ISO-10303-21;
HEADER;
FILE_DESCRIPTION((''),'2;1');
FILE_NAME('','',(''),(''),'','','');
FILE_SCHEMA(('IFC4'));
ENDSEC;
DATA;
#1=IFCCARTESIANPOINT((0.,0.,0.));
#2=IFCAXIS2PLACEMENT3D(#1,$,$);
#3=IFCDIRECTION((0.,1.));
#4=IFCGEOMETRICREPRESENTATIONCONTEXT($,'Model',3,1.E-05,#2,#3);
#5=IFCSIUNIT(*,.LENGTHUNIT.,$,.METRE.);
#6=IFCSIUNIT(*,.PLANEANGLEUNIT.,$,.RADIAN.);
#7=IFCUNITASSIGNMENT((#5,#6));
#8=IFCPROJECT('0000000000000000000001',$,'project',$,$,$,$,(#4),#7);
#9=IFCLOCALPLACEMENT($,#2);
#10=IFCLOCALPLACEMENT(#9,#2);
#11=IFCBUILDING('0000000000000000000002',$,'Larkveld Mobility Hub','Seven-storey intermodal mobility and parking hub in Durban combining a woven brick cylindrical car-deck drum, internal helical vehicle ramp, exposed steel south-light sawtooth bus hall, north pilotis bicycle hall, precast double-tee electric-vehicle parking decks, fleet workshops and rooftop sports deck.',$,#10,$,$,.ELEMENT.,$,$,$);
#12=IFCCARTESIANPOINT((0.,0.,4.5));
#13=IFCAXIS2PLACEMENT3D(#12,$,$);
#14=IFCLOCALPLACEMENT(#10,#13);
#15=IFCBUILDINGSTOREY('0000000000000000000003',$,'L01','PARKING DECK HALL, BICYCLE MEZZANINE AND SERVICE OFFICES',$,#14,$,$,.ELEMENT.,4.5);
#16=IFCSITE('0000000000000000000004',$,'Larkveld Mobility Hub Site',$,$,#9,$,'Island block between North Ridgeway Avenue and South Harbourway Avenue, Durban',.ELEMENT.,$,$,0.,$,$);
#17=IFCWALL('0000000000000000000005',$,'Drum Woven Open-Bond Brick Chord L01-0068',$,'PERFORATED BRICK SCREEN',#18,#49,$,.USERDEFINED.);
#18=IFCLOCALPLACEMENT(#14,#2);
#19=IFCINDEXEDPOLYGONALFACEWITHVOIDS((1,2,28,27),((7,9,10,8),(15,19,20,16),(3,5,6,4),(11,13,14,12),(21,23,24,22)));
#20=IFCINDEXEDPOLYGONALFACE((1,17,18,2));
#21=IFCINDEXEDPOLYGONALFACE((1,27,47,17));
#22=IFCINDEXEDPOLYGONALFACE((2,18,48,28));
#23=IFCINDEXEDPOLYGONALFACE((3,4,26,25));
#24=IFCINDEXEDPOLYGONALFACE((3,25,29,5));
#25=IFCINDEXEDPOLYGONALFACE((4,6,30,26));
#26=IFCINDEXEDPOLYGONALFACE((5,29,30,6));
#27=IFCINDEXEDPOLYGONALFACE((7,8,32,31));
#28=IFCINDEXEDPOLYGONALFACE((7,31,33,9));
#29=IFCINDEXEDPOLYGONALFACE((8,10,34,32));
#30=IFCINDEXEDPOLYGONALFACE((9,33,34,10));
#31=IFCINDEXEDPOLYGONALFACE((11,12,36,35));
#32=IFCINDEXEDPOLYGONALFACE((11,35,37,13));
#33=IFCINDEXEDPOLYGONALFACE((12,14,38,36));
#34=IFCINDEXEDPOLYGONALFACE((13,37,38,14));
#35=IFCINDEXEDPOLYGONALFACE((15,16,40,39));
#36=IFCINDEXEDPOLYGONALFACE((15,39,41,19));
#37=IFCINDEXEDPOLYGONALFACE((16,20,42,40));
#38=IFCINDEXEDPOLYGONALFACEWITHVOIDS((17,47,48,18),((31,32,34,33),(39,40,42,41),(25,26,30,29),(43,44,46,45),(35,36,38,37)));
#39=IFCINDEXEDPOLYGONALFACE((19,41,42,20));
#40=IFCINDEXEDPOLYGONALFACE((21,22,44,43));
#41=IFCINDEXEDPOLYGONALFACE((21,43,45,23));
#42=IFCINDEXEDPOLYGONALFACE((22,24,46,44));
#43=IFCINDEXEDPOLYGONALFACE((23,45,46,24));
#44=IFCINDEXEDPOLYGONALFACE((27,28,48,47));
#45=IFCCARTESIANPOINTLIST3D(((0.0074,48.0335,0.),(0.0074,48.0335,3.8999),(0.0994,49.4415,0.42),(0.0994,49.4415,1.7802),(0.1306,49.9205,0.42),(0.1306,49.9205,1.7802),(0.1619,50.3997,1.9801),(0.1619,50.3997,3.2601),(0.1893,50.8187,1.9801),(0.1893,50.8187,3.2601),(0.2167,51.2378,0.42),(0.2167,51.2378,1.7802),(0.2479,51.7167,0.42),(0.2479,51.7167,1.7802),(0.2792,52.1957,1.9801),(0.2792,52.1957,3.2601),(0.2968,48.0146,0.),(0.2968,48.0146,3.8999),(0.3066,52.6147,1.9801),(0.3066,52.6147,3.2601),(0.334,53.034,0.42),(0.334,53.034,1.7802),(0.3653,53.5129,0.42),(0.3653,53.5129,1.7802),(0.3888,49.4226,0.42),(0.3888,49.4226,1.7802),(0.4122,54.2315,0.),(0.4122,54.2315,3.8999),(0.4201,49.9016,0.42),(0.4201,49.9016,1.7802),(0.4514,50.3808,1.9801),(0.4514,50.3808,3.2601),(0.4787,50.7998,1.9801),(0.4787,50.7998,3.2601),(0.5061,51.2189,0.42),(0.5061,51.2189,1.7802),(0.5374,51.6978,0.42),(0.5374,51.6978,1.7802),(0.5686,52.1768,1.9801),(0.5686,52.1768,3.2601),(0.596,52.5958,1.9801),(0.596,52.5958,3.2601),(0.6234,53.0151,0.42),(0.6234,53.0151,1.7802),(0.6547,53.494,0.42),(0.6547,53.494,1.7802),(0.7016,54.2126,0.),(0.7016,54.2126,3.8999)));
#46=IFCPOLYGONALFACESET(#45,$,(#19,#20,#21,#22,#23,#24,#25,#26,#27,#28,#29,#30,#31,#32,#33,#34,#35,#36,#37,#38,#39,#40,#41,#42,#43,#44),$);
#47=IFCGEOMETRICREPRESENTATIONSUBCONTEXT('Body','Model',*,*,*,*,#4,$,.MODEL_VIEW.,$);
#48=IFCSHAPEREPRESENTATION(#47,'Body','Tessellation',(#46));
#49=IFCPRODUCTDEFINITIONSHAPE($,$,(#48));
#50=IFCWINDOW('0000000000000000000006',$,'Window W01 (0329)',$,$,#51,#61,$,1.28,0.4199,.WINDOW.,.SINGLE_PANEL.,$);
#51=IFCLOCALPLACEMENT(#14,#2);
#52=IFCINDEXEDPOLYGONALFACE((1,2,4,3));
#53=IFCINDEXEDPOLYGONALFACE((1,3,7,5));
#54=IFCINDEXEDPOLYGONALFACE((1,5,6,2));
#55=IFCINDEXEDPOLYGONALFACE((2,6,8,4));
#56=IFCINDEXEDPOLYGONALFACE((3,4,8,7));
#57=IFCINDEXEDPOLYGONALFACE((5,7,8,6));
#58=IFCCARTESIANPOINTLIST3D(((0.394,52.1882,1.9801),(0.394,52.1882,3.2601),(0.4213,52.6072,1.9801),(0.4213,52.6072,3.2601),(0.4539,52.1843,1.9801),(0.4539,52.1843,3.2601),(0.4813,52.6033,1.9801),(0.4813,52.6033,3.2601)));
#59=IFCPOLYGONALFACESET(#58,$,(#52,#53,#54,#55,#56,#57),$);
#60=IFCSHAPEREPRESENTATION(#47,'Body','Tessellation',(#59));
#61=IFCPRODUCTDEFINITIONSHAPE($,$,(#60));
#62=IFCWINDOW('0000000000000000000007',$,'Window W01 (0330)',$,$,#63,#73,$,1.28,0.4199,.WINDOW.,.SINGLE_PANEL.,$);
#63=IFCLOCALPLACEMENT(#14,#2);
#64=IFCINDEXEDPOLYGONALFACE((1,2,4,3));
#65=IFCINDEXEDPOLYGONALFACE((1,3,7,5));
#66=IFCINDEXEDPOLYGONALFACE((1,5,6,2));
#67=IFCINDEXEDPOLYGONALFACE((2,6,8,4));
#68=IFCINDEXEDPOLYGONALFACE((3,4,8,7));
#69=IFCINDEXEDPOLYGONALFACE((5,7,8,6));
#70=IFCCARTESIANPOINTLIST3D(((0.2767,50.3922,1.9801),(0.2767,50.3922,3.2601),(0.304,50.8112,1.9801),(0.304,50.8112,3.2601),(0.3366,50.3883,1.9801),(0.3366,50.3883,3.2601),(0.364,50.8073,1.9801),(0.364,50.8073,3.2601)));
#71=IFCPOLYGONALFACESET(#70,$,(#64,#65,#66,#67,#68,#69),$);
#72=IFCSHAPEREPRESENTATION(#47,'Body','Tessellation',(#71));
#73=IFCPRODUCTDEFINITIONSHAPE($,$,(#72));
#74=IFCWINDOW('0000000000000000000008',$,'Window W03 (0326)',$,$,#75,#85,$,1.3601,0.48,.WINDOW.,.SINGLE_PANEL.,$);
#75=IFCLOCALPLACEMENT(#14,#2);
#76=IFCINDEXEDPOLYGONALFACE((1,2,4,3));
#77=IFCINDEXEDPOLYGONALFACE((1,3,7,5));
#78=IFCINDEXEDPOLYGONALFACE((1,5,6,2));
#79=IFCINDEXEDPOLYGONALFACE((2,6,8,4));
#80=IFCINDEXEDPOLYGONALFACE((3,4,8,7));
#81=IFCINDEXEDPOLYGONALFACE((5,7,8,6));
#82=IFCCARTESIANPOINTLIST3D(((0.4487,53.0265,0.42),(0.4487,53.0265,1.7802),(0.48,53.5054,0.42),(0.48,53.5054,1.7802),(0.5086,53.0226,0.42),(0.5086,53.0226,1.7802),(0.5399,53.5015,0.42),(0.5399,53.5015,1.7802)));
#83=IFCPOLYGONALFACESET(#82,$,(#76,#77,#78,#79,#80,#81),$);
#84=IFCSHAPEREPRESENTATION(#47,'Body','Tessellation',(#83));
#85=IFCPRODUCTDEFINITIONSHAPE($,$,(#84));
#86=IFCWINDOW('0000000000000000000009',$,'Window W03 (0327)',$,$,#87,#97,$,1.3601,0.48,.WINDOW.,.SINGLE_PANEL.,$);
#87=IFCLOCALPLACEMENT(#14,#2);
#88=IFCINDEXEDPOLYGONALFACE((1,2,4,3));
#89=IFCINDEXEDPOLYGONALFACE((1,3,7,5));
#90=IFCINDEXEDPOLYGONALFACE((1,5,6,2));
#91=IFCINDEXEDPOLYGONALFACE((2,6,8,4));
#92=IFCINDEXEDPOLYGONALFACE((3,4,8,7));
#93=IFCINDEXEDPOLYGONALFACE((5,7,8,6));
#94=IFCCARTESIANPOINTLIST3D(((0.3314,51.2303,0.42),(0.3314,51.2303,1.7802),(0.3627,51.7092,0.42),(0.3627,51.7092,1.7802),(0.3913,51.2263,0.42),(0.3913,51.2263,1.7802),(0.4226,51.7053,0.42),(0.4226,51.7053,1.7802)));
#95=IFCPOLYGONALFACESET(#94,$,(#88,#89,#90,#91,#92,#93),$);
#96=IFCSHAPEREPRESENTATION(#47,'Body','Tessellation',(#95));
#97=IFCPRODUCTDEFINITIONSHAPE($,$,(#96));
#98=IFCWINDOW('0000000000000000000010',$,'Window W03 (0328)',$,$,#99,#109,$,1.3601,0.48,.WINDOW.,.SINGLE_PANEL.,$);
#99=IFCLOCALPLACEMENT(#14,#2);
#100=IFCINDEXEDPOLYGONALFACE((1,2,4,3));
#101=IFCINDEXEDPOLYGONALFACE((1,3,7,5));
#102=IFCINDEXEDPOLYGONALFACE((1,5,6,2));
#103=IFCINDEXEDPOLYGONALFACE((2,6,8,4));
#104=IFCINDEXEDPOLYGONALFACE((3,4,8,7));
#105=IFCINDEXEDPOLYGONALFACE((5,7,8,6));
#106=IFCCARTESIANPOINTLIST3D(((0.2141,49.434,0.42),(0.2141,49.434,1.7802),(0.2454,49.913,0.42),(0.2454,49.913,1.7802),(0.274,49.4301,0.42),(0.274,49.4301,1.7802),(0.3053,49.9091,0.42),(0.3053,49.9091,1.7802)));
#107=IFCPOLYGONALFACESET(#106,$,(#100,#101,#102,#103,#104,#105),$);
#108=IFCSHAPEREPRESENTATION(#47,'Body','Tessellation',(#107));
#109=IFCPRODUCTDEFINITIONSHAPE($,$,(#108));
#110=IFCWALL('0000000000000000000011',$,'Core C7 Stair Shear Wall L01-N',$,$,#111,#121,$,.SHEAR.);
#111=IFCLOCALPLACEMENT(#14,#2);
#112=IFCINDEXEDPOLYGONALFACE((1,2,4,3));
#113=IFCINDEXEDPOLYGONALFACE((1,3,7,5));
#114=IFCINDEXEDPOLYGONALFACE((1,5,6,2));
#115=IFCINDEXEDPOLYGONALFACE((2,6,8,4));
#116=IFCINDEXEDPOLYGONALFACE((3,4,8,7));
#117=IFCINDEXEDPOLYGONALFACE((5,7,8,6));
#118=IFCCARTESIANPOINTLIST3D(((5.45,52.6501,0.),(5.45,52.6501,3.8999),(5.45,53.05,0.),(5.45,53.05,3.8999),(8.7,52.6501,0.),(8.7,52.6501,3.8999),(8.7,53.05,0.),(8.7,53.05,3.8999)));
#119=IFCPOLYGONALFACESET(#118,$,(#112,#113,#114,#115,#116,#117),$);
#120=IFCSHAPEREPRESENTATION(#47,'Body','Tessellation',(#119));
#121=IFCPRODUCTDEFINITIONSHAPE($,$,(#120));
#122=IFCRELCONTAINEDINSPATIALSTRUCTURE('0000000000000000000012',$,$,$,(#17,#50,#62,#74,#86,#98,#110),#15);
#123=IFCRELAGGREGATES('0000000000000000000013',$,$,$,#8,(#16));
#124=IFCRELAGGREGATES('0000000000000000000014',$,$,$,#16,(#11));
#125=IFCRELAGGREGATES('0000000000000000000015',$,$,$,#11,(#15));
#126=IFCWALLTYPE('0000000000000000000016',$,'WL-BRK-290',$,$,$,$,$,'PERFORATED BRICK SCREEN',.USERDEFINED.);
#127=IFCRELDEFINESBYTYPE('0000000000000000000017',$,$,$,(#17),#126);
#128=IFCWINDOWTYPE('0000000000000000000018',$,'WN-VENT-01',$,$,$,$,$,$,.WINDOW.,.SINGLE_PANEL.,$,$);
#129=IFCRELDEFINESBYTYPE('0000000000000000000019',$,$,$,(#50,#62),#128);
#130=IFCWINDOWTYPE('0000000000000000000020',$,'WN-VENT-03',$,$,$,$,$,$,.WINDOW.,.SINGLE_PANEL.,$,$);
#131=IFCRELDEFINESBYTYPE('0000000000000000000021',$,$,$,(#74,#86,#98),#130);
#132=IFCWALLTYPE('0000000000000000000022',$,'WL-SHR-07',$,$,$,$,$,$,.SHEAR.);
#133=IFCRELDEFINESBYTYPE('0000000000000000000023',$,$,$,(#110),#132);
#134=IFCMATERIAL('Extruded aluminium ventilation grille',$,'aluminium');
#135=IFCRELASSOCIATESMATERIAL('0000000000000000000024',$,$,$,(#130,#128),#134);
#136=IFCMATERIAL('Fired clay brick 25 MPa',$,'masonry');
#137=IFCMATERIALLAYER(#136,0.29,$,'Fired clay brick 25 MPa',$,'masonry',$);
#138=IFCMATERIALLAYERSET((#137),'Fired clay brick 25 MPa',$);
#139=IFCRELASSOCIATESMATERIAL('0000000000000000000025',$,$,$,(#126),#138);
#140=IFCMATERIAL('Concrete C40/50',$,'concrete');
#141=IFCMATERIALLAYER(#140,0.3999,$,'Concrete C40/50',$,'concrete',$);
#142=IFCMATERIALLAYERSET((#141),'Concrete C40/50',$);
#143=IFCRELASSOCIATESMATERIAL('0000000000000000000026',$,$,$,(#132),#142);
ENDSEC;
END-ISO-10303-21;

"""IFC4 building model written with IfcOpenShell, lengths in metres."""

from ifc_helpers import new_model, si_unit, direction, frame, frame_2d, origin, place, context, subcontext, project, spatial, rectangle, extrude, material, layer, layer_set, type_object, element, fill, save


model = new_model("IFC4")

# Units and contexts
model_context = context("Model", 3, precision=1e-05, world=origin(), true_north=direction((0.0, 1.0)))
body_context = subcontext(model_context, "Body", "Model", "MODEL_VIEW")
ifc_project = project(units=[si_unit("LENGTHUNIT", "METRE"), si_unit("PLANEANGLEUNIT", "RADIAN")], contexts=[model_context])

# Site, building, storey
site_placement = place(None, origin())
site = spatial("IfcSite", under=ifc_project, at=site_placement, Name="Larkveld Mobility Hub Site", LongName="Island block between North Ridgeway Avenue and South Harbourway Avenue, Durban", CompositionType="ELEMENT", RefElevation=0.0)
building_placement = place(site_placement, origin())
building = spatial("IfcBuilding", under=site, at=building_placement, Name="Larkveld Mobility Hub", Description="Seven-storey intermodal mobility and parking hub in Durban combining a woven brick cylindrical car-deck drum, internal helical vehicle ramp, exposed steel south-light sawtooth bus hall, north pilotis bicycle hall, precast double-tee electric-vehicle parking decks, fleet workshops and rooftop sports deck.", CompositionType="ELEMENT")
storey_placement = place(building_placement, frame((0.0, 0.0, 4.5)))
storey = spatial("IfcBuildingStorey", under=building, at=storey_placement, Name="L01", Description="PARKING DECK HALL, BICYCLE MEZZANINE AND SERVICE OFFICES", CompositionType="ELEMENT", Elevation=4.5)

# Shared definitions
ifc_material_1 = material(Name="Concrete C40/50", Category="concrete")

# Wall, openings, windows
ifc_material_2 = material(Name="Fired clay brick 25 MPa", Category="masonry")
ifc_material_3 = material(Name="Extruded aluminium ventilation grille", Category="aluminium")
window_type_1 = type_object("IfcWindowType", Name="WN-VENT-03", PartitioningType="SINGLE_PANEL", PredefinedType="WINDOW", material=ifc_material_3)
ifc_layer_1 = layer(ifc_material_2, 0.29, Name="Fired clay brick 25 MPa", Category="masonry")
ifc_layer_set_1 = layer_set([ifc_layer_1], Name="Fired clay brick 25 MPa")
wall_type_1 = type_object("IfcWallType", Name="WL-BRK-290", ElementType="PERFORATED BRICK SCREEN", PredefinedType="USERDEFINED", material=ifc_layer_set_1)
wall_1_placement = place(storey_placement, frame((0.5569, 54.2219, 0.0), z_axis=(0.0, 0.0, 1.0), x_axis=(-0.06517, -0.997874, 0.0)))
wall_1 = element("IfcWall", 1, at=wall_1_placement, inside=storey, type_object=wall_type_1, Name="Drum Woven Open-Bond Brick Chord L01-0068", ObjectType="PERFORATED BRICK SCREEN", PredefinedType="USERDEFINED", context=body_context, shape_type="SweptSolid", body=[
    extrude(rectangle(XDim=6.2112, YDim=0.29, at=frame_2d((3.1055, 0.0))), origin(), (0.0, 0.0, 1.0), 3.8999),
])
opening_1_placement = place(wall_1_placement, frame((0.72, 0.0, 0.4199)))
opening_1 = element("IfcOpeningElement", 2, at=opening_1_placement, cuts=wall_1, PredefinedType="OPENING", context=body_context, shape_type="SweptSolid", body=[
    extrude(rectangle(XDim=0.48, YDim=1.3601, at=frame_2d((0.24, 0.6802))), frame((0.0, 0.155, 0.0), z_axis=(0.0, -1.0, 0.0), x_axis=(1.0, 0.0, 0.0)), (0.0, 0.0, 1.0), 0.3101),
])
opening_2_placement = place(wall_1_placement, frame((2.52, 0.0, 0.4199)))
opening_2 = element("IfcOpeningElement", 3, at=opening_2_placement, cuts=wall_1, PredefinedType="OPENING", context=body_context, shape_type="SweptSolid", body=[
    extrude(rectangle(XDim=0.48, YDim=1.3601, at=frame_2d((0.24, 0.6802))), frame((0.0, 0.155, 0.0), z_axis=(0.0, -1.0, 0.0), x_axis=(1.0, 0.0, 0.0)), (0.0, 0.0, 1.0), 0.3101),
])
opening_3_placement = place(wall_1_placement, frame((4.3201, 0.0, 0.4199)))
opening_3 = element("IfcOpeningElement", 4, at=opening_3_placement, cuts=wall_1, PredefinedType="OPENING", context=body_context, shape_type="SweptSolid", body=[
    extrude(rectangle(XDim=0.48, YDim=1.3601, at=frame_2d((0.24, 0.6802))), frame((0.0, 0.155, 0.0), z_axis=(0.0, -1.0, 0.0), x_axis=(1.0, 0.0, 0.0)), (0.0, 0.0, 1.0), 0.3101),
])
opening_4_placement = place(wall_1_placement, frame((1.6201, 0.0, 1.98)))
opening_4 = element("IfcOpeningElement", 5, at=opening_4_placement, cuts=wall_1, PredefinedType="OPENING", context=body_context, shape_type="SweptSolid", body=[
    extrude(rectangle(XDim=0.4199, YDim=1.28, at=frame_2d((0.21, 0.6401))), frame((0.0, 0.155, 0.0), z_axis=(0.0, -1.0, 0.0), x_axis=(1.0, 0.0, 0.0)), (0.0, 0.0, 1.0), 0.3101),
])
opening_5_placement = place(wall_1_placement, frame((3.4199, 0.0, 1.98)))
opening_5 = element("IfcOpeningElement", 6, at=opening_5_placement, cuts=wall_1, PredefinedType="OPENING", context=body_context, shape_type="SweptSolid", body=[
    extrude(rectangle(XDim=0.4199, YDim=1.28, at=frame_2d((0.21, 0.6401))), frame((0.0, 0.155, 0.0), z_axis=(0.0, -1.0, 0.0), x_axis=(1.0, 0.0, 0.0)), (0.0, 0.0, 1.0), 0.3101),
])
window_type_2 = type_object("IfcWindowType", Name="WN-VENT-01", PartitioningType="SINGLE_PANEL", PredefinedType="WINDOW", material=ifc_material_3)
window_1_placement = place(opening_4_placement, origin())
window_1 = element("IfcWindow", 7, at=window_1_placement, inside=storey, type_object=window_type_2, Name="Window W01 (0329)", OverallHeight=1.28, OverallWidth=0.4199, PartitioningType="SINGLE_PANEL", PredefinedType="WINDOW", context=body_context, shape_type="SweptSolid", body=[
    extrude(rectangle(XDim=0.4199, YDim=1.28, at=frame_2d((0.21, 0.6401))), frame((0.0, 0.03, 0.0), z_axis=(0.0, -1.0, 0.0), x_axis=(1.0, 0.0, 0.0)), (0.0, 0.0, 1.0), 0.0601),
])
fill(opening_4, window_1)
window_2_placement = place(opening_5_placement, origin())
window_2 = element("IfcWindow", 8, at=window_2_placement, inside=storey, type_object=window_type_2, Name="Window W01 (0330)", OverallHeight=1.28, OverallWidth=0.4199, PartitioningType="SINGLE_PANEL", PredefinedType="WINDOW", context=body_context, shape_type="SweptSolid", body=[
    extrude(rectangle(XDim=0.4199, YDim=1.28, at=frame_2d((0.21, 0.6401))), frame((0.0, 0.03, 0.0), z_axis=(0.0, -1.0, 0.0), x_axis=(1.0, 0.0, 0.0)), (0.0, 0.0, 1.0), 0.0601),
])
fill(opening_5, window_2)
window_3_placement = place(opening_1_placement, origin())
window_3 = element("IfcWindow", 9, at=window_3_placement, inside=storey, type_object=window_type_1, Name="Window W03 (0326)", OverallHeight=1.3601, OverallWidth=0.48, PartitioningType="SINGLE_PANEL", PredefinedType="WINDOW", context=body_context, shape_type="SweptSolid", body=[
    extrude(rectangle(XDim=0.48, YDim=1.3601, at=frame_2d((0.24, 0.6802))), frame((0.0, 0.03, 0.0), z_axis=(0.0, -1.0, 0.0), x_axis=(1.0, 0.0, 0.0)), (0.0, 0.0, 1.0), 0.0601),
])
fill(opening_1, window_3)
window_4_placement = place(opening_2_placement, origin())
window_4 = element("IfcWindow", 10, at=window_4_placement, inside=storey, type_object=window_type_1, Name="Window W03 (0327)", OverallHeight=1.3601, OverallWidth=0.48, PartitioningType="SINGLE_PANEL", PredefinedType="WINDOW", context=body_context, shape_type="SweptSolid", body=[
    extrude(rectangle(XDim=0.48, YDim=1.3601, at=frame_2d((0.24, 0.6802))), frame((0.0, 0.03, 0.0), z_axis=(0.0, -1.0, 0.0), x_axis=(1.0, 0.0, 0.0)), (0.0, 0.0, 1.0), 0.0601),
])
fill(opening_2, window_4)
window_5_placement = place(opening_3_placement, origin())
window_5 = element("IfcWindow", 11, at=window_5_placement, inside=storey, type_object=window_type_1, Name="Window W03 (0328)", OverallHeight=1.3601, OverallWidth=0.48, PartitioningType="SINGLE_PANEL", PredefinedType="WINDOW", context=body_context, shape_type="SweptSolid", body=[
    extrude(rectangle(XDim=0.48, YDim=1.3601, at=frame_2d((0.24, 0.6802))), frame((0.0, 0.03, 0.0), z_axis=(0.0, -1.0, 0.0), x_axis=(1.0, 0.0, 0.0)), (0.0, 0.0, 1.0), 0.0601),
])
fill(opening_3, window_5)

# Shared definitions
ifc_layer_2 = layer(ifc_material_1, 0.3999, Name="Concrete C40/50", Category="concrete")
ifc_layer_set_2 = layer_set([ifc_layer_2], Name="Concrete C40/50")
wall_type_2 = type_object("IfcWallType", Name="WL-SHR-07", PredefinedType="SHEAR", material=ifc_layer_set_2)

# Wall
wall_2_placement = place(storey_placement, frame((5.45, 52.8501, 0.0), z_axis=(0.0, 0.0, 1.0), x_axis=(1.0, 0.0, 0.0)))
element("IfcWall", 12, at=wall_2_placement, inside=storey, type_object=wall_type_2, Name="Core C7 Stair Shear Wall L01-N", PredefinedType="SHEAR", context=body_context, shape_type="SweptSolid", body=[
    extrude(rectangle(XDim=3.25, YDim=0.3999, at=frame_2d((1.625, 0.0))), origin(), (0.0, 0.0, 1.0), 3.8999),
])

save(model, "model.ifc")
